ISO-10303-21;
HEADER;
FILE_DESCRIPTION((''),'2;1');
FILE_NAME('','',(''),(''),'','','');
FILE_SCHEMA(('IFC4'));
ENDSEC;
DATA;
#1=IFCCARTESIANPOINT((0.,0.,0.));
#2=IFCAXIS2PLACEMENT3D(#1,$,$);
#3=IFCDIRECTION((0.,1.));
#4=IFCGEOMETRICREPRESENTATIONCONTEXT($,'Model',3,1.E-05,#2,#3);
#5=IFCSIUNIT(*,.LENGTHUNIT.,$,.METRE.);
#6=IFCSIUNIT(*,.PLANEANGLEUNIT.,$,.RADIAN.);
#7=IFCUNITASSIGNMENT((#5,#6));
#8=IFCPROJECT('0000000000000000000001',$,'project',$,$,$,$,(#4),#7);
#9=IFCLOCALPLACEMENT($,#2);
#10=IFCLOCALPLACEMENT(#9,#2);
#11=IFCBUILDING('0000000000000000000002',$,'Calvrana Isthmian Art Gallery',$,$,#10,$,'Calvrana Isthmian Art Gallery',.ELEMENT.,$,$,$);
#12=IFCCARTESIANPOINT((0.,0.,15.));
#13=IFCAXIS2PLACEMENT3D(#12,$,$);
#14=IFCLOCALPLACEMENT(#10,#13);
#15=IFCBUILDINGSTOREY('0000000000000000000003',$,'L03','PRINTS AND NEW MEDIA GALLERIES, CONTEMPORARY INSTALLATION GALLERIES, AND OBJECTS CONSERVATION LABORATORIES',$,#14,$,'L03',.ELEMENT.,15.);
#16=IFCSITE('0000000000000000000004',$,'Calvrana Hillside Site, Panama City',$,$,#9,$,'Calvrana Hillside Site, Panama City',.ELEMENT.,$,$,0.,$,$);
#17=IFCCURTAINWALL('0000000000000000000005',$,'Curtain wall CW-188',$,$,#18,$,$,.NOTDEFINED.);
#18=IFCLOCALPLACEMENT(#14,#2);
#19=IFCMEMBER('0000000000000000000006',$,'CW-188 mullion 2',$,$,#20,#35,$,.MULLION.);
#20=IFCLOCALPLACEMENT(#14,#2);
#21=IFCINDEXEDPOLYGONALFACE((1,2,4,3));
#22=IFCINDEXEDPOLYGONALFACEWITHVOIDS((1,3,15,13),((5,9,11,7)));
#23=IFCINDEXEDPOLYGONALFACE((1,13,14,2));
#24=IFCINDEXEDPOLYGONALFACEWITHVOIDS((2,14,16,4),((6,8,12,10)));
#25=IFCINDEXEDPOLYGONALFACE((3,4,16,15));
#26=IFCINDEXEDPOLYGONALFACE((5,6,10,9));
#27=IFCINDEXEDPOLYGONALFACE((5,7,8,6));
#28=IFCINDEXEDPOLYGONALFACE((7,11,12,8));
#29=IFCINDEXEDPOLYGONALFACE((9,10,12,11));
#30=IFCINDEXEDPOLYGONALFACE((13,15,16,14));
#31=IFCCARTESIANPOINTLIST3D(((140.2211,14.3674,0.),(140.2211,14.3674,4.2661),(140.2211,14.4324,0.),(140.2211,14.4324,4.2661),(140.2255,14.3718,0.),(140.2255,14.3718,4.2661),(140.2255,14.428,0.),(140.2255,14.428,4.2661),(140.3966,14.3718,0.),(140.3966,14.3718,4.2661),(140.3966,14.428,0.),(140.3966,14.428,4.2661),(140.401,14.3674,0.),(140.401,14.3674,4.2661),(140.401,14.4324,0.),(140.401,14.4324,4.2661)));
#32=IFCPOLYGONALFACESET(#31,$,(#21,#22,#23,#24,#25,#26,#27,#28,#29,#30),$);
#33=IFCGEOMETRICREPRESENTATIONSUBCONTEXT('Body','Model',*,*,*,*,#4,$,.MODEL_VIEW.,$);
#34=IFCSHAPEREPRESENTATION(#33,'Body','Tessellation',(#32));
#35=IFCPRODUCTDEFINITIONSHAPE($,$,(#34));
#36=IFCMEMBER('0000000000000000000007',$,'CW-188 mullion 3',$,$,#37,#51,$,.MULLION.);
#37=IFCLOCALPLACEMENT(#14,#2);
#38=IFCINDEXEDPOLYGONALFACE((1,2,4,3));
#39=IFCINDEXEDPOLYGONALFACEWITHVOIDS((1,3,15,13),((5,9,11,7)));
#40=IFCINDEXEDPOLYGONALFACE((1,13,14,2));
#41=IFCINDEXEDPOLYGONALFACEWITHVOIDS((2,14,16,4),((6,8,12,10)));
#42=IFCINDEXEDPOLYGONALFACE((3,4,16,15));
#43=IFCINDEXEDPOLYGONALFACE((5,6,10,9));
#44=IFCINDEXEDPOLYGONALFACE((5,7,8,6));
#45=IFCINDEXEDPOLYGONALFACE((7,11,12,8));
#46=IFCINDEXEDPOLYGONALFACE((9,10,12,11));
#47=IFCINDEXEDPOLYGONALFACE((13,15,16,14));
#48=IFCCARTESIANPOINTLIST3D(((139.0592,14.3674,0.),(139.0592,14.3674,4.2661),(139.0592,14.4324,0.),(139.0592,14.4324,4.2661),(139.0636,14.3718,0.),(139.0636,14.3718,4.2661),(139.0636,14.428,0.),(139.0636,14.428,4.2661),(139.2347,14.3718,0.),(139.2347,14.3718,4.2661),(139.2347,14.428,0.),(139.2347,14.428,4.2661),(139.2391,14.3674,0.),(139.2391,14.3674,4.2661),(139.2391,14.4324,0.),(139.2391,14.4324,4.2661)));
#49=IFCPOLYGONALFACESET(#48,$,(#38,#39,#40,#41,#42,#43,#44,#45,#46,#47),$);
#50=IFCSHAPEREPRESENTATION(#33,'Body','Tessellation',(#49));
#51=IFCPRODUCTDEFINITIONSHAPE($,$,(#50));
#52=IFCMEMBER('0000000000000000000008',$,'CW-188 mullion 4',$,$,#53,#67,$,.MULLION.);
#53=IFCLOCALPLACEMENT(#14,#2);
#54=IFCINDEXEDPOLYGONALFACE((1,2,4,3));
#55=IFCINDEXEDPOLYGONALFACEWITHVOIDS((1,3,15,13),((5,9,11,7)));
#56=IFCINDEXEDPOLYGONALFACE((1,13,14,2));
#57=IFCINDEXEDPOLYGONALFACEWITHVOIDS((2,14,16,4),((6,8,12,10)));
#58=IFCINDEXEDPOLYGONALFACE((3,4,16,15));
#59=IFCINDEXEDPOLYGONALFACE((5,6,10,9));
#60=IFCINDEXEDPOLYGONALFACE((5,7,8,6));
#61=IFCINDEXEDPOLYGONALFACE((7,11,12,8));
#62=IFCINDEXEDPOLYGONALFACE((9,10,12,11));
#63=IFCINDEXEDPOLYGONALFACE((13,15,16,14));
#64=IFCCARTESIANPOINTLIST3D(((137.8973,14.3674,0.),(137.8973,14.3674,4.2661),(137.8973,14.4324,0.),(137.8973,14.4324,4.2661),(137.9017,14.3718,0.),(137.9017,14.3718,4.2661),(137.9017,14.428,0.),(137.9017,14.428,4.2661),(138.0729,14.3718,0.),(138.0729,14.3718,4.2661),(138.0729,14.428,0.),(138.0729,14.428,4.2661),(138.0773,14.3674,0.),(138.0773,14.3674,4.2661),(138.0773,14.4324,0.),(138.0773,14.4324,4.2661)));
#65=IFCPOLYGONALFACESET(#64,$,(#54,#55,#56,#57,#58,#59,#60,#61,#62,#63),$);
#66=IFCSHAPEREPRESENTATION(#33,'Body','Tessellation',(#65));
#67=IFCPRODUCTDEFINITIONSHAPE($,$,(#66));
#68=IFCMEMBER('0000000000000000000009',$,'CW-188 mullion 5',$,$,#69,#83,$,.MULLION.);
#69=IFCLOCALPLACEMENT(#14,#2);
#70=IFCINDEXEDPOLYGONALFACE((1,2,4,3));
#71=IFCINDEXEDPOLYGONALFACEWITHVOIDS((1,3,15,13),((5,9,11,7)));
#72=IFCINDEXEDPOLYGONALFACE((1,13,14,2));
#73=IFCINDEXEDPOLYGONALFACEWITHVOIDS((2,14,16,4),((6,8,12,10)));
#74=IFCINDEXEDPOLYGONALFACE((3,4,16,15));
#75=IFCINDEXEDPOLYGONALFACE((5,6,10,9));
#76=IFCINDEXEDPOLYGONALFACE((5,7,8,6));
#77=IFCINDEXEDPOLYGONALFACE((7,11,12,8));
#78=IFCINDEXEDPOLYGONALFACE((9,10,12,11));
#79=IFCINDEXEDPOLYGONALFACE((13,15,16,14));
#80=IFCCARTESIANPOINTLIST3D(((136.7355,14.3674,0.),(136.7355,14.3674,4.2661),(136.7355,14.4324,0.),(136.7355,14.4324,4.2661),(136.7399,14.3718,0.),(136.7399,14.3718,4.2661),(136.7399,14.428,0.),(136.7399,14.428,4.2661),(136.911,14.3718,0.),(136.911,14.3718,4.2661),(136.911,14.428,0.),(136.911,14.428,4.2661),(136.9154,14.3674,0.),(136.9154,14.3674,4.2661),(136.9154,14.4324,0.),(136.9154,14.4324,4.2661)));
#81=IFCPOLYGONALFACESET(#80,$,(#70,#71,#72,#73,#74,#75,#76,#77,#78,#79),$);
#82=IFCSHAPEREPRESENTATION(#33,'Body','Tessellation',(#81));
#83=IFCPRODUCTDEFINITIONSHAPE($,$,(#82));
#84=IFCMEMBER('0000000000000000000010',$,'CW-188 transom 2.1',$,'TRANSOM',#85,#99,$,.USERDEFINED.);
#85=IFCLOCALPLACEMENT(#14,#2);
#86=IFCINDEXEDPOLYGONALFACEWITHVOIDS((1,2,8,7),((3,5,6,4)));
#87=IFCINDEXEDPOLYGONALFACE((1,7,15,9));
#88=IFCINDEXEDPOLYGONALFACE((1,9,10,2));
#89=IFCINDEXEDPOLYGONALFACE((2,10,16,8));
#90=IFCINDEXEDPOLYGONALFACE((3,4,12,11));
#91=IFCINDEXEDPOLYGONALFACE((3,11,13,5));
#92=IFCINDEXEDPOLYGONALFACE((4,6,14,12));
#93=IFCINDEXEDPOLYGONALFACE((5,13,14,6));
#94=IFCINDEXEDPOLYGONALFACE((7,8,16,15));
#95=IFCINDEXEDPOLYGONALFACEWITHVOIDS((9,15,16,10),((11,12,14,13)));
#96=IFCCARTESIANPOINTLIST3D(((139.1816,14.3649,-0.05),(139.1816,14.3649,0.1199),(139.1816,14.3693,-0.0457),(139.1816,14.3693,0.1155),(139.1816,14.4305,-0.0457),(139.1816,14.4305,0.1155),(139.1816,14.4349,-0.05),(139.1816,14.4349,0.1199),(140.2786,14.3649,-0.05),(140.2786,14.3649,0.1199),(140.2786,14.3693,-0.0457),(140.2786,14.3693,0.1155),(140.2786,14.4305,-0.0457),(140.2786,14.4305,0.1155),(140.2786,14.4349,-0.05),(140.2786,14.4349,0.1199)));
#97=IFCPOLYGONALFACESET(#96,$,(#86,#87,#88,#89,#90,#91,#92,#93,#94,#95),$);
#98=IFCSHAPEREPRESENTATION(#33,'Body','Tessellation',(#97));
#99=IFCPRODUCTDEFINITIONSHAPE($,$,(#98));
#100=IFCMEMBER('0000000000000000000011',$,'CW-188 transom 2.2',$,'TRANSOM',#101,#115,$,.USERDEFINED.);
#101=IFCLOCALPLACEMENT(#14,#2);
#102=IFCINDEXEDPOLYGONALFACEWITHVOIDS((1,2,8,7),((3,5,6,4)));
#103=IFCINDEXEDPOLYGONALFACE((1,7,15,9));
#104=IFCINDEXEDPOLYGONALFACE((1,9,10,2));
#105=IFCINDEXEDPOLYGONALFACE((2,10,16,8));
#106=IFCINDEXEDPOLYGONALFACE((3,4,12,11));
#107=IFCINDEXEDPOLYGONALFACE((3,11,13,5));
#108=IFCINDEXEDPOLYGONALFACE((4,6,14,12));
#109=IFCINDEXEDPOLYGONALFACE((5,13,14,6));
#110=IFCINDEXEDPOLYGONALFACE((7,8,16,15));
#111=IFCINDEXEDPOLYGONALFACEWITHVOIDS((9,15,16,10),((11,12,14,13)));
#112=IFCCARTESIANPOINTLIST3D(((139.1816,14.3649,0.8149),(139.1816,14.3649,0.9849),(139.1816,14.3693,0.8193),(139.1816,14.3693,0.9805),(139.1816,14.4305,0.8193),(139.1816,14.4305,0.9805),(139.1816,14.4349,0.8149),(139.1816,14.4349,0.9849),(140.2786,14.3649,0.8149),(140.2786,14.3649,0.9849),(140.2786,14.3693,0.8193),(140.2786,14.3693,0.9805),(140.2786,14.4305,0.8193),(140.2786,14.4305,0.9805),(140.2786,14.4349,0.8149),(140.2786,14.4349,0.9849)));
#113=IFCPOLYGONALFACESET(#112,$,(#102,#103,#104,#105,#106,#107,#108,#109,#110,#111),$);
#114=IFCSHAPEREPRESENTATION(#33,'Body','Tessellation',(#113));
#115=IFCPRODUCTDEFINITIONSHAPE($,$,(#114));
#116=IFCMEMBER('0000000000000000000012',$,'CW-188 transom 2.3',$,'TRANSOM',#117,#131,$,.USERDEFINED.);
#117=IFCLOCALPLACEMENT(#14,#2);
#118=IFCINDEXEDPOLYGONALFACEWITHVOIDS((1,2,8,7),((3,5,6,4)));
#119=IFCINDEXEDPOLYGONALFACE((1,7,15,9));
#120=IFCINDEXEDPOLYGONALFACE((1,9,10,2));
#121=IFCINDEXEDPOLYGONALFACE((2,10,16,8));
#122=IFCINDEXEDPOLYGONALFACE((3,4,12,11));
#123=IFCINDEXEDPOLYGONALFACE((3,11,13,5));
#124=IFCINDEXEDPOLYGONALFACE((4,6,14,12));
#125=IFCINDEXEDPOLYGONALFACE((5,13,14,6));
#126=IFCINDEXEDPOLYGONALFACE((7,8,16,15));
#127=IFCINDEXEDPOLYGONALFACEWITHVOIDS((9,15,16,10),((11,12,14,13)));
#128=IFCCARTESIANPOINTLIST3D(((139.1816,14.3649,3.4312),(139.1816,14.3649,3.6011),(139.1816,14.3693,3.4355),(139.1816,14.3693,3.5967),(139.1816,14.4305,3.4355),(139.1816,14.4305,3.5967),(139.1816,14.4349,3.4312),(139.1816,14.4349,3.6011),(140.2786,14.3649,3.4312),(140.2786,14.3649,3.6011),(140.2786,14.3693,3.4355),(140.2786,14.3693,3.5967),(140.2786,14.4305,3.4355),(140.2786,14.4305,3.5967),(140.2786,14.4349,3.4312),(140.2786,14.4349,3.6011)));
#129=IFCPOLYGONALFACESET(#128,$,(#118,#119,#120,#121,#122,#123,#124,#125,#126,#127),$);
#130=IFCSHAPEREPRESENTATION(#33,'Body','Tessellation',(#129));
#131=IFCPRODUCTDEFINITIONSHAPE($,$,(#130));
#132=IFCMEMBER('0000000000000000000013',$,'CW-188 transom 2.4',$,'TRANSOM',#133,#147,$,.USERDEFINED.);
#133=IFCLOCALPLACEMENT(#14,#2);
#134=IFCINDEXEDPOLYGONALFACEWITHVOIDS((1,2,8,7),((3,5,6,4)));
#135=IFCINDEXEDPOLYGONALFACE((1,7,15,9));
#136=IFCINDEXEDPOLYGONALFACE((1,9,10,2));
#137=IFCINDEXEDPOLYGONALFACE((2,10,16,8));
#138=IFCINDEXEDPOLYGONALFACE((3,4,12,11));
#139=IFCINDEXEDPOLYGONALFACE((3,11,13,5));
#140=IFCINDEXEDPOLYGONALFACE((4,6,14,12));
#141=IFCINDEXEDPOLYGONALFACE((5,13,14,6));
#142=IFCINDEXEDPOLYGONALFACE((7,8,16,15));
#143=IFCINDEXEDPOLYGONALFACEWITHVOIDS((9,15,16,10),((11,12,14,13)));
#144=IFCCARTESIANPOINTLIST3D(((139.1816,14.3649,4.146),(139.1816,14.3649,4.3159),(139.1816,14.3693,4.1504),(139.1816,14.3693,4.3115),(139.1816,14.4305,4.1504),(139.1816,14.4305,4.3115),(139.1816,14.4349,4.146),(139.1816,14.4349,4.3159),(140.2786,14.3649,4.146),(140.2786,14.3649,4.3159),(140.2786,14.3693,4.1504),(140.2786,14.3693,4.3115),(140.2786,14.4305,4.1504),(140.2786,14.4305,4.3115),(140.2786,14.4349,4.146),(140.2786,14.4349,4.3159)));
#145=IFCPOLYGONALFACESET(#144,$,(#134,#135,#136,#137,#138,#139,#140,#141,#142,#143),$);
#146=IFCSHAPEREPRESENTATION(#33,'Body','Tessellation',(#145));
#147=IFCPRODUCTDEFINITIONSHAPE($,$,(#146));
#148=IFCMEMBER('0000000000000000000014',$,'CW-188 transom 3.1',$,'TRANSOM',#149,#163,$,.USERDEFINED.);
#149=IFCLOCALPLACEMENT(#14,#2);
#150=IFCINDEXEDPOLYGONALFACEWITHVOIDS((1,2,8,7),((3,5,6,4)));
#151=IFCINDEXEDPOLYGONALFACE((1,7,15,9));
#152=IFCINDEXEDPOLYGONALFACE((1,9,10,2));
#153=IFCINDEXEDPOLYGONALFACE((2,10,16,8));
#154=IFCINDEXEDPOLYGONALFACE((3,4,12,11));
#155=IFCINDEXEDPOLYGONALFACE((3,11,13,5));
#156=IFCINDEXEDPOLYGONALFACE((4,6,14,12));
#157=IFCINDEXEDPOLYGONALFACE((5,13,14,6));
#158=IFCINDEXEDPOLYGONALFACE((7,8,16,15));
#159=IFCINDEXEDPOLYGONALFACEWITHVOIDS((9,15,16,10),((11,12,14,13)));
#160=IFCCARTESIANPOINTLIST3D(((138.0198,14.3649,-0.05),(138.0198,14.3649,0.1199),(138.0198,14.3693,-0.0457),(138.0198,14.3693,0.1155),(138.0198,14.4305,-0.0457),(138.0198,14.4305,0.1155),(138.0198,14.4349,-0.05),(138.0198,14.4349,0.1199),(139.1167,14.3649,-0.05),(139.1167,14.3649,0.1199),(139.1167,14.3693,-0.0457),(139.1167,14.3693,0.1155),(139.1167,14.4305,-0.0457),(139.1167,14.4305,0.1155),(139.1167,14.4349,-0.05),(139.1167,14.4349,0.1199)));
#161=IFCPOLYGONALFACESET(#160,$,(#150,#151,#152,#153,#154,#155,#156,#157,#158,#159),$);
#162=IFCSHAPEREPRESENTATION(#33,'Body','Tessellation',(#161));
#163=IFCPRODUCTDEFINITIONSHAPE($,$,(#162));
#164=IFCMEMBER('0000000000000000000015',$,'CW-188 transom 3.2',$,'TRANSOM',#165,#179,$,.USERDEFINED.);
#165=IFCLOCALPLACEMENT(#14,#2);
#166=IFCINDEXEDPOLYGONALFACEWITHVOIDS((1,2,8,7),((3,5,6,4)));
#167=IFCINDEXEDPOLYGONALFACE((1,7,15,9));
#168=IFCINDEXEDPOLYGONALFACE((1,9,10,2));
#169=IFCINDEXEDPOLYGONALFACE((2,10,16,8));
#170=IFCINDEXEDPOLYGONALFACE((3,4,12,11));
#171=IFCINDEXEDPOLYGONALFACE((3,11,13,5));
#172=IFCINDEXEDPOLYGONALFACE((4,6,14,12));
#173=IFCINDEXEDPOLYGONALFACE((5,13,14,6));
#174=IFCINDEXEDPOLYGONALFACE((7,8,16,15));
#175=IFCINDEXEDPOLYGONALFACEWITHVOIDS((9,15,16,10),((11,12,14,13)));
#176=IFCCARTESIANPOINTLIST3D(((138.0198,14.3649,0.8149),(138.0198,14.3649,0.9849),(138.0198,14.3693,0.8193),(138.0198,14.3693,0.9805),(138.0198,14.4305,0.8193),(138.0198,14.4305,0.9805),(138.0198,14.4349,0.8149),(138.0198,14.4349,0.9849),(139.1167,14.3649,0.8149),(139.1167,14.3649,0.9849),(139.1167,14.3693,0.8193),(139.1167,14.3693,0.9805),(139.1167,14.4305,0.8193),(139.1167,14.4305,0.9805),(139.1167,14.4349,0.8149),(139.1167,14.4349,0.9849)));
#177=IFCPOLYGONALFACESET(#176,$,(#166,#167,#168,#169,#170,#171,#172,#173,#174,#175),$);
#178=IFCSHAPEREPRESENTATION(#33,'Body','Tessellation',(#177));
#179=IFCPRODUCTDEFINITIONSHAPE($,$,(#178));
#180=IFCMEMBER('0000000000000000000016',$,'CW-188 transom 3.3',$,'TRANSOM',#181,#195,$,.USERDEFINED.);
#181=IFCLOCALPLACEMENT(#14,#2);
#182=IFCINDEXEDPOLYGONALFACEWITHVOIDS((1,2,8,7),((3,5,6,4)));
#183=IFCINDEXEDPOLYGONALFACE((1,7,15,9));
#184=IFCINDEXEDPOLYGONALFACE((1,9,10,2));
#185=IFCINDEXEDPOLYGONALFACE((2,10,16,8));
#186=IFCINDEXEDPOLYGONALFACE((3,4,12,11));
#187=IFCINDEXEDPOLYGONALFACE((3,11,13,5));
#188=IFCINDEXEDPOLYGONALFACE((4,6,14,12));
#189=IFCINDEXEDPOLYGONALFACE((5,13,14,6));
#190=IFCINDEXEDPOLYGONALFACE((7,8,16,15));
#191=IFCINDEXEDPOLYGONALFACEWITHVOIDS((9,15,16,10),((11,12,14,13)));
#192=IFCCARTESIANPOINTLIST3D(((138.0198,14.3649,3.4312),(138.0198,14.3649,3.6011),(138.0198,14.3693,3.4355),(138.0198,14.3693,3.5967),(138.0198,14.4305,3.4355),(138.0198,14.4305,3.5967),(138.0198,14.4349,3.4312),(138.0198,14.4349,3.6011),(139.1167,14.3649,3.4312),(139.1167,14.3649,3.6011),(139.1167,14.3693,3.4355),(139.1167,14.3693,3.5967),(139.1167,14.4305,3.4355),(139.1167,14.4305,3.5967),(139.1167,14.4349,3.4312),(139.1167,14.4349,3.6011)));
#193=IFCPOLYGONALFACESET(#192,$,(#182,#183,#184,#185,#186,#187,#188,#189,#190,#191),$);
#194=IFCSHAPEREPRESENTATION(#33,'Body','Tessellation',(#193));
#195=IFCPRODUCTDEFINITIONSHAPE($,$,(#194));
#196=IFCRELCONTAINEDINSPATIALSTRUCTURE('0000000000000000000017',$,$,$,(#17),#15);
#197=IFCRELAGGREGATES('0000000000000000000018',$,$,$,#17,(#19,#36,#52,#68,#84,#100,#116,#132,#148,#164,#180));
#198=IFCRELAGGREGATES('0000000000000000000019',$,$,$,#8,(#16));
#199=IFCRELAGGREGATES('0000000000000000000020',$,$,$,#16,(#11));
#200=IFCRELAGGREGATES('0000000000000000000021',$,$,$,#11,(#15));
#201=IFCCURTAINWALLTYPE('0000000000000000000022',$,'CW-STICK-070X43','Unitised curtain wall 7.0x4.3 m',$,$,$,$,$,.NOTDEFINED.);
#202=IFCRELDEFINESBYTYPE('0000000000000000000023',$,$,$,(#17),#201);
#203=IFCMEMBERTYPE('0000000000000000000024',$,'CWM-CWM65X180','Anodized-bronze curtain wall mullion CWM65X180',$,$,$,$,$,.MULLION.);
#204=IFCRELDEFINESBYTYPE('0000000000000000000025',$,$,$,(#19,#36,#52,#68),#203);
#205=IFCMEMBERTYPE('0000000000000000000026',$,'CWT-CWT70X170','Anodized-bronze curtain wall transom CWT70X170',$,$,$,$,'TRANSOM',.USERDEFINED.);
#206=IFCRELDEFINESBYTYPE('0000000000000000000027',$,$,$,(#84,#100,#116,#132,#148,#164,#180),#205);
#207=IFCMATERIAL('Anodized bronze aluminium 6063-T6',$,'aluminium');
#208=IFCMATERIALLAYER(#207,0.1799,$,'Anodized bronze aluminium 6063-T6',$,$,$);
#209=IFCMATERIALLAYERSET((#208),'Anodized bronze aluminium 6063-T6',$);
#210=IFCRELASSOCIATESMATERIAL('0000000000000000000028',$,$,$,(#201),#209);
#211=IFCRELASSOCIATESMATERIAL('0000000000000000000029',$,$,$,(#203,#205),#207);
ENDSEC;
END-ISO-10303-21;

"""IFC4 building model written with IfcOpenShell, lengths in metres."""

from ifc_helpers import new_model, si_unit, direction, frame, origin, origin_2d, place, context, subcontext, project, spatial, hollow_rectangle, extrude, material, layer, layer_set, material_profile, profile_set, type_object, element, aggregate, save


model = new_model("IFC4")

# Units and contexts
model_context = context("Model", 3, precision=1e-05, world=origin(), true_north=direction((0.0, 1.0)))
body_context = subcontext(model_context, "Body", "Model", "MODEL_VIEW")
ifc_project = project(units=[si_unit("LENGTHUNIT", "METRE"), si_unit("PLANEANGLEUNIT", "RADIAN")], contexts=[model_context])

# Site, building, storey
site_placement = place(None, origin())
site = spatial("IfcSite", under=ifc_project, at=site_placement, Name="Calvrana Hillside Site, Panama City", LongName="Calvrana Hillside Site, Panama City", CompositionType="ELEMENT", RefElevation=0.0)
building_placement = place(site_placement, origin())
building = spatial("IfcBuilding", under=site, at=building_placement, Name="Calvrana Isthmian Art Gallery", LongName="Calvrana Isthmian Art Gallery", CompositionType="ELEMENT")
storey_placement = place(building_placement, frame((0.0, 0.0, 15.0)))
storey = spatial("IfcBuildingStorey", under=building, at=storey_placement, Name="L03", Description="PRINTS AND NEW MEDIA GALLERIES, CONTEMPORARY INSTALLATION GALLERIES, AND OBJECTS CONSERVATION LABORATORIES", LongName="L03", CompositionType="ELEMENT", Elevation=15.0)

# Curtain wall, members
ifc_material_1 = material(Name="Anodized bronze aluminium 6063-T6", Category="aluminium")
ifc_layer_1 = layer(ifc_material_1, 0.1799, Name="Anodized bronze aluminium 6063-T6")
ifc_layer_set_1 = layer_set([ifc_layer_1], Name="Anodized bronze aluminium 6063-T6")
curtain_wall_type = type_object("IfcCurtainWallType", Name="CW-STICK-070X43", Description="Unitised curtain wall 7.0x4.3 m", PredefinedType="NOTDEFINED", material=ifc_layer_set_1)
curtain_wall_placement = place(storey_placement, origin())
curtain_wall = element("IfcCurtainWall", 1, at=curtain_wall_placement, inside=storey, type_object=curtain_wall_type, Name="Curtain wall CW-188", PredefinedType="NOTDEFINED")
ifc_material_profile_1 = material_profile(ifc_material_1, hollow_rectangle(XDim=0.0649, YDim=0.1799, WallThickness=0.0044, at=origin_2d()), Name="CWM65X180")
ifc_profile_set_1 = profile_set([ifc_material_profile_1], Name="Anodized bronze aluminium 6063-T6")
member_type_1 = type_object("IfcMemberType", Name="CWM-CWM65X180", Description="Anodized-bronze curtain wall mullion CWM65X180", PredefinedType="MULLION", material=ifc_profile_set_1)
member_1_placement = place(storey_placement, frame((140.311, 14.3999, 0.0), z_axis=(0.0, 0.0, 1.0), x_axis=(0.0, -1.0, 0.0)))
member_1 = element("IfcMember", 2, at=member_1_placement, type_object=member_type_1, Name="CW-188 mullion 2", PredefinedType="MULLION", context=body_context, shape_type="SweptSolid", body=[
    extrude(hollow_rectangle(XDim=0.0649, YDim=0.1799, WallThickness=0.0044, at=origin_2d()), origin(), (0.0, 0.0, 1.0), 4.2661),
])
member_2_placement = place(storey_placement, frame((139.1492, 14.3999, 0.0), z_axis=(0.0, 0.0, 1.0), x_axis=(0.0, -1.0, 0.0)))
member_2 = element("IfcMember", 3, at=member_2_placement, type_object=member_type_1, Name="CW-188 mullion 3", PredefinedType="MULLION", context=body_context, shape_type="SweptSolid", body=[
    extrude(hollow_rectangle(XDim=0.0649, YDim=0.1799, WallThickness=0.0044, at=origin_2d()), origin(), (0.0, 0.0, 1.0), 4.2661),
])
member_3_placement = place(storey_placement, frame((137.9873, 14.3999, 0.0), z_axis=(0.0, 0.0, 1.0), x_axis=(0.0, -1.0, 0.0)))
member_3 = element("IfcMember", 4, at=member_3_placement, type_object=member_type_1, Name="CW-188 mullion 4", PredefinedType="MULLION", context=body_context, shape_type="SweptSolid", body=[
    extrude(hollow_rectangle(XDim=0.0649, YDim=0.1799, WallThickness=0.0044, at=origin_2d()), origin(), (0.0, 0.0, 1.0), 4.2661),
])
member_4_placement = place(storey_placement, frame((136.8254, 14.3999, 0.0), z_axis=(0.0, 0.0, 1.0), x_axis=(0.0, -1.0, 0.0)))
member_4 = element("IfcMember", 5, at=member_4_placement, type_object=member_type_1, Name="CW-188 mullion 5", PredefinedType="MULLION", context=body_context, shape_type="SweptSolid", body=[
    extrude(hollow_rectangle(XDim=0.0649, YDim=0.1799, WallThickness=0.0044, at=origin_2d()), origin(), (0.0, 0.0, 1.0), 4.2661),
])
ifc_material_profile_2 = material_profile(ifc_material_1, hollow_rectangle(XDim=0.0701, YDim=0.1699, WallThickness=0.0044, at=origin_2d()), Name="CWT70X170")
ifc_profile_set_2 = profile_set([ifc_material_profile_2], Name="Anodized bronze aluminium 6063-T6")
member_type_2 = type_object("IfcMemberType", Name="CWT-CWT70X170", Description="Anodized-bronze curtain wall transom CWT70X170", ElementType="TRANSOM", PredefinedType="USERDEFINED", material=ifc_profile_set_2)
member_5_placement = place(storey_placement, frame((140.2786, 14.3999, 0.0349), z_axis=(-1.0, 0.0, 0.0), x_axis=(0.0, -1.0, 0.0)))
member_5 = element("IfcMember", 6, at=member_5_placement, type_object=member_type_2, Name="CW-188 transom 2.1", ObjectType="TRANSOM", PredefinedType="USERDEFINED", context=body_context, shape_type="SweptSolid", body=[
    extrude(hollow_rectangle(XDim=0.0701, YDim=0.1699, WallThickness=0.0044, at=origin_2d()), origin(), (0.0, 0.0, 1.0), 1.0969),
])
member_6_placement = place(storey_placement, frame((140.2786, 14.3999, 0.8999), z_axis=(-1.0, 0.0, 0.0), x_axis=(0.0, -1.0, 0.0)))
member_6 = element("IfcMember", 7, at=member_6_placement, type_object=member_type_2, Name="CW-188 transom 2.2", ObjectType="TRANSOM", PredefinedType="USERDEFINED", context=body_context, shape_type="SweptSolid", body=[
    extrude(hollow_rectangle(XDim=0.0701, YDim=0.1699, WallThickness=0.0044, at=origin_2d()), origin(), (0.0, 0.0, 1.0), 1.0969),
])
member_7_placement = place(storey_placement, frame((140.2786, 14.3999, 3.5161), z_axis=(-1.0, 0.0, 0.0), x_axis=(0.0, -1.0, 0.0)))
member_7 = element("IfcMember", 8, at=member_7_placement, type_object=member_type_2, Name="CW-188 transom 2.3", ObjectType="TRANSOM", PredefinedType="USERDEFINED", context=body_context, shape_type="SweptSolid", body=[
    extrude(hollow_rectangle(XDim=0.0701, YDim=0.1699, WallThickness=0.0044, at=origin_2d()), origin(), (0.0, 0.0, 1.0), 1.0969),
])
member_8_placement = place(storey_placement, frame((140.2786, 14.3999, 4.231), z_axis=(-1.0, 0.0, 0.0), x_axis=(0.0, -1.0, 0.0)))
member_8 = element("IfcMember", 9, at=member_8_placement, type_object=member_type_2, Name="CW-188 transom 2.4", ObjectType="TRANSOM", PredefinedType="USERDEFINED", context=body_context, shape_type="SweptSolid", body=[
    extrude(hollow_rectangle(XDim=0.0701, YDim=0.1699, WallThickness=0.0044, at=origin_2d()), origin(), (0.0, 0.0, 1.0), 1.0969),
])
member_9_placement = place(storey_placement, frame((139.1167, 14.3999, 0.0349), z_axis=(-1.0, 0.0, 0.0), x_axis=(0.0, -1.0, 0.0)))
member_9 = element("IfcMember", 10, at=member_9_placement, type_object=member_type_2, Name="CW-188 transom 3.1", ObjectType="TRANSOM", PredefinedType="USERDEFINED", context=body_context, shape_type="SweptSolid", body=[
    extrude(hollow_rectangle(XDim=0.0701, YDim=0.1699, WallThickness=0.0044, at=origin_2d()), origin(), (0.0, 0.0, 1.0), 1.0969),
])
member_10_placement = place(storey_placement, frame((139.1167, 14.3999, 0.8999), z_axis=(-1.0, 0.0, 0.0), x_axis=(0.0, -1.0, 0.0)))
member_10 = element("IfcMember", 11, at=member_10_placement, type_object=member_type_2, Name="CW-188 transom 3.2", ObjectType="TRANSOM", PredefinedType="USERDEFINED", context=body_context, shape_type="SweptSolid", body=[
    extrude(hollow_rectangle(XDim=0.0701, YDim=0.1699, WallThickness=0.0044, at=origin_2d()), origin(), (0.0, 0.0, 1.0), 1.0969),
])
member_11_placement = place(storey_placement, frame((139.1167, 14.3999, 3.5161), z_axis=(-1.0, 0.0, 0.0), x_axis=(0.0, -1.0, 0.0)))
member_11 = element("IfcMember", 12, at=member_11_placement, type_object=member_type_2, Name="CW-188 transom 3.3", ObjectType="TRANSOM", PredefinedType="USERDEFINED", context=body_context, shape_type="SweptSolid", body=[
    extrude(hollow_rectangle(XDim=0.0701, YDim=0.1699, WallThickness=0.0044, at=origin_2d()), origin(), (0.0, 0.0, 1.0), 1.0969),
])
aggregate(curtain_wall, [member_1, member_2, member_3, member_4, member_5, member_6, member_7, member_8, member_9, member_10, member_11])

save(model, "model.ifc")
